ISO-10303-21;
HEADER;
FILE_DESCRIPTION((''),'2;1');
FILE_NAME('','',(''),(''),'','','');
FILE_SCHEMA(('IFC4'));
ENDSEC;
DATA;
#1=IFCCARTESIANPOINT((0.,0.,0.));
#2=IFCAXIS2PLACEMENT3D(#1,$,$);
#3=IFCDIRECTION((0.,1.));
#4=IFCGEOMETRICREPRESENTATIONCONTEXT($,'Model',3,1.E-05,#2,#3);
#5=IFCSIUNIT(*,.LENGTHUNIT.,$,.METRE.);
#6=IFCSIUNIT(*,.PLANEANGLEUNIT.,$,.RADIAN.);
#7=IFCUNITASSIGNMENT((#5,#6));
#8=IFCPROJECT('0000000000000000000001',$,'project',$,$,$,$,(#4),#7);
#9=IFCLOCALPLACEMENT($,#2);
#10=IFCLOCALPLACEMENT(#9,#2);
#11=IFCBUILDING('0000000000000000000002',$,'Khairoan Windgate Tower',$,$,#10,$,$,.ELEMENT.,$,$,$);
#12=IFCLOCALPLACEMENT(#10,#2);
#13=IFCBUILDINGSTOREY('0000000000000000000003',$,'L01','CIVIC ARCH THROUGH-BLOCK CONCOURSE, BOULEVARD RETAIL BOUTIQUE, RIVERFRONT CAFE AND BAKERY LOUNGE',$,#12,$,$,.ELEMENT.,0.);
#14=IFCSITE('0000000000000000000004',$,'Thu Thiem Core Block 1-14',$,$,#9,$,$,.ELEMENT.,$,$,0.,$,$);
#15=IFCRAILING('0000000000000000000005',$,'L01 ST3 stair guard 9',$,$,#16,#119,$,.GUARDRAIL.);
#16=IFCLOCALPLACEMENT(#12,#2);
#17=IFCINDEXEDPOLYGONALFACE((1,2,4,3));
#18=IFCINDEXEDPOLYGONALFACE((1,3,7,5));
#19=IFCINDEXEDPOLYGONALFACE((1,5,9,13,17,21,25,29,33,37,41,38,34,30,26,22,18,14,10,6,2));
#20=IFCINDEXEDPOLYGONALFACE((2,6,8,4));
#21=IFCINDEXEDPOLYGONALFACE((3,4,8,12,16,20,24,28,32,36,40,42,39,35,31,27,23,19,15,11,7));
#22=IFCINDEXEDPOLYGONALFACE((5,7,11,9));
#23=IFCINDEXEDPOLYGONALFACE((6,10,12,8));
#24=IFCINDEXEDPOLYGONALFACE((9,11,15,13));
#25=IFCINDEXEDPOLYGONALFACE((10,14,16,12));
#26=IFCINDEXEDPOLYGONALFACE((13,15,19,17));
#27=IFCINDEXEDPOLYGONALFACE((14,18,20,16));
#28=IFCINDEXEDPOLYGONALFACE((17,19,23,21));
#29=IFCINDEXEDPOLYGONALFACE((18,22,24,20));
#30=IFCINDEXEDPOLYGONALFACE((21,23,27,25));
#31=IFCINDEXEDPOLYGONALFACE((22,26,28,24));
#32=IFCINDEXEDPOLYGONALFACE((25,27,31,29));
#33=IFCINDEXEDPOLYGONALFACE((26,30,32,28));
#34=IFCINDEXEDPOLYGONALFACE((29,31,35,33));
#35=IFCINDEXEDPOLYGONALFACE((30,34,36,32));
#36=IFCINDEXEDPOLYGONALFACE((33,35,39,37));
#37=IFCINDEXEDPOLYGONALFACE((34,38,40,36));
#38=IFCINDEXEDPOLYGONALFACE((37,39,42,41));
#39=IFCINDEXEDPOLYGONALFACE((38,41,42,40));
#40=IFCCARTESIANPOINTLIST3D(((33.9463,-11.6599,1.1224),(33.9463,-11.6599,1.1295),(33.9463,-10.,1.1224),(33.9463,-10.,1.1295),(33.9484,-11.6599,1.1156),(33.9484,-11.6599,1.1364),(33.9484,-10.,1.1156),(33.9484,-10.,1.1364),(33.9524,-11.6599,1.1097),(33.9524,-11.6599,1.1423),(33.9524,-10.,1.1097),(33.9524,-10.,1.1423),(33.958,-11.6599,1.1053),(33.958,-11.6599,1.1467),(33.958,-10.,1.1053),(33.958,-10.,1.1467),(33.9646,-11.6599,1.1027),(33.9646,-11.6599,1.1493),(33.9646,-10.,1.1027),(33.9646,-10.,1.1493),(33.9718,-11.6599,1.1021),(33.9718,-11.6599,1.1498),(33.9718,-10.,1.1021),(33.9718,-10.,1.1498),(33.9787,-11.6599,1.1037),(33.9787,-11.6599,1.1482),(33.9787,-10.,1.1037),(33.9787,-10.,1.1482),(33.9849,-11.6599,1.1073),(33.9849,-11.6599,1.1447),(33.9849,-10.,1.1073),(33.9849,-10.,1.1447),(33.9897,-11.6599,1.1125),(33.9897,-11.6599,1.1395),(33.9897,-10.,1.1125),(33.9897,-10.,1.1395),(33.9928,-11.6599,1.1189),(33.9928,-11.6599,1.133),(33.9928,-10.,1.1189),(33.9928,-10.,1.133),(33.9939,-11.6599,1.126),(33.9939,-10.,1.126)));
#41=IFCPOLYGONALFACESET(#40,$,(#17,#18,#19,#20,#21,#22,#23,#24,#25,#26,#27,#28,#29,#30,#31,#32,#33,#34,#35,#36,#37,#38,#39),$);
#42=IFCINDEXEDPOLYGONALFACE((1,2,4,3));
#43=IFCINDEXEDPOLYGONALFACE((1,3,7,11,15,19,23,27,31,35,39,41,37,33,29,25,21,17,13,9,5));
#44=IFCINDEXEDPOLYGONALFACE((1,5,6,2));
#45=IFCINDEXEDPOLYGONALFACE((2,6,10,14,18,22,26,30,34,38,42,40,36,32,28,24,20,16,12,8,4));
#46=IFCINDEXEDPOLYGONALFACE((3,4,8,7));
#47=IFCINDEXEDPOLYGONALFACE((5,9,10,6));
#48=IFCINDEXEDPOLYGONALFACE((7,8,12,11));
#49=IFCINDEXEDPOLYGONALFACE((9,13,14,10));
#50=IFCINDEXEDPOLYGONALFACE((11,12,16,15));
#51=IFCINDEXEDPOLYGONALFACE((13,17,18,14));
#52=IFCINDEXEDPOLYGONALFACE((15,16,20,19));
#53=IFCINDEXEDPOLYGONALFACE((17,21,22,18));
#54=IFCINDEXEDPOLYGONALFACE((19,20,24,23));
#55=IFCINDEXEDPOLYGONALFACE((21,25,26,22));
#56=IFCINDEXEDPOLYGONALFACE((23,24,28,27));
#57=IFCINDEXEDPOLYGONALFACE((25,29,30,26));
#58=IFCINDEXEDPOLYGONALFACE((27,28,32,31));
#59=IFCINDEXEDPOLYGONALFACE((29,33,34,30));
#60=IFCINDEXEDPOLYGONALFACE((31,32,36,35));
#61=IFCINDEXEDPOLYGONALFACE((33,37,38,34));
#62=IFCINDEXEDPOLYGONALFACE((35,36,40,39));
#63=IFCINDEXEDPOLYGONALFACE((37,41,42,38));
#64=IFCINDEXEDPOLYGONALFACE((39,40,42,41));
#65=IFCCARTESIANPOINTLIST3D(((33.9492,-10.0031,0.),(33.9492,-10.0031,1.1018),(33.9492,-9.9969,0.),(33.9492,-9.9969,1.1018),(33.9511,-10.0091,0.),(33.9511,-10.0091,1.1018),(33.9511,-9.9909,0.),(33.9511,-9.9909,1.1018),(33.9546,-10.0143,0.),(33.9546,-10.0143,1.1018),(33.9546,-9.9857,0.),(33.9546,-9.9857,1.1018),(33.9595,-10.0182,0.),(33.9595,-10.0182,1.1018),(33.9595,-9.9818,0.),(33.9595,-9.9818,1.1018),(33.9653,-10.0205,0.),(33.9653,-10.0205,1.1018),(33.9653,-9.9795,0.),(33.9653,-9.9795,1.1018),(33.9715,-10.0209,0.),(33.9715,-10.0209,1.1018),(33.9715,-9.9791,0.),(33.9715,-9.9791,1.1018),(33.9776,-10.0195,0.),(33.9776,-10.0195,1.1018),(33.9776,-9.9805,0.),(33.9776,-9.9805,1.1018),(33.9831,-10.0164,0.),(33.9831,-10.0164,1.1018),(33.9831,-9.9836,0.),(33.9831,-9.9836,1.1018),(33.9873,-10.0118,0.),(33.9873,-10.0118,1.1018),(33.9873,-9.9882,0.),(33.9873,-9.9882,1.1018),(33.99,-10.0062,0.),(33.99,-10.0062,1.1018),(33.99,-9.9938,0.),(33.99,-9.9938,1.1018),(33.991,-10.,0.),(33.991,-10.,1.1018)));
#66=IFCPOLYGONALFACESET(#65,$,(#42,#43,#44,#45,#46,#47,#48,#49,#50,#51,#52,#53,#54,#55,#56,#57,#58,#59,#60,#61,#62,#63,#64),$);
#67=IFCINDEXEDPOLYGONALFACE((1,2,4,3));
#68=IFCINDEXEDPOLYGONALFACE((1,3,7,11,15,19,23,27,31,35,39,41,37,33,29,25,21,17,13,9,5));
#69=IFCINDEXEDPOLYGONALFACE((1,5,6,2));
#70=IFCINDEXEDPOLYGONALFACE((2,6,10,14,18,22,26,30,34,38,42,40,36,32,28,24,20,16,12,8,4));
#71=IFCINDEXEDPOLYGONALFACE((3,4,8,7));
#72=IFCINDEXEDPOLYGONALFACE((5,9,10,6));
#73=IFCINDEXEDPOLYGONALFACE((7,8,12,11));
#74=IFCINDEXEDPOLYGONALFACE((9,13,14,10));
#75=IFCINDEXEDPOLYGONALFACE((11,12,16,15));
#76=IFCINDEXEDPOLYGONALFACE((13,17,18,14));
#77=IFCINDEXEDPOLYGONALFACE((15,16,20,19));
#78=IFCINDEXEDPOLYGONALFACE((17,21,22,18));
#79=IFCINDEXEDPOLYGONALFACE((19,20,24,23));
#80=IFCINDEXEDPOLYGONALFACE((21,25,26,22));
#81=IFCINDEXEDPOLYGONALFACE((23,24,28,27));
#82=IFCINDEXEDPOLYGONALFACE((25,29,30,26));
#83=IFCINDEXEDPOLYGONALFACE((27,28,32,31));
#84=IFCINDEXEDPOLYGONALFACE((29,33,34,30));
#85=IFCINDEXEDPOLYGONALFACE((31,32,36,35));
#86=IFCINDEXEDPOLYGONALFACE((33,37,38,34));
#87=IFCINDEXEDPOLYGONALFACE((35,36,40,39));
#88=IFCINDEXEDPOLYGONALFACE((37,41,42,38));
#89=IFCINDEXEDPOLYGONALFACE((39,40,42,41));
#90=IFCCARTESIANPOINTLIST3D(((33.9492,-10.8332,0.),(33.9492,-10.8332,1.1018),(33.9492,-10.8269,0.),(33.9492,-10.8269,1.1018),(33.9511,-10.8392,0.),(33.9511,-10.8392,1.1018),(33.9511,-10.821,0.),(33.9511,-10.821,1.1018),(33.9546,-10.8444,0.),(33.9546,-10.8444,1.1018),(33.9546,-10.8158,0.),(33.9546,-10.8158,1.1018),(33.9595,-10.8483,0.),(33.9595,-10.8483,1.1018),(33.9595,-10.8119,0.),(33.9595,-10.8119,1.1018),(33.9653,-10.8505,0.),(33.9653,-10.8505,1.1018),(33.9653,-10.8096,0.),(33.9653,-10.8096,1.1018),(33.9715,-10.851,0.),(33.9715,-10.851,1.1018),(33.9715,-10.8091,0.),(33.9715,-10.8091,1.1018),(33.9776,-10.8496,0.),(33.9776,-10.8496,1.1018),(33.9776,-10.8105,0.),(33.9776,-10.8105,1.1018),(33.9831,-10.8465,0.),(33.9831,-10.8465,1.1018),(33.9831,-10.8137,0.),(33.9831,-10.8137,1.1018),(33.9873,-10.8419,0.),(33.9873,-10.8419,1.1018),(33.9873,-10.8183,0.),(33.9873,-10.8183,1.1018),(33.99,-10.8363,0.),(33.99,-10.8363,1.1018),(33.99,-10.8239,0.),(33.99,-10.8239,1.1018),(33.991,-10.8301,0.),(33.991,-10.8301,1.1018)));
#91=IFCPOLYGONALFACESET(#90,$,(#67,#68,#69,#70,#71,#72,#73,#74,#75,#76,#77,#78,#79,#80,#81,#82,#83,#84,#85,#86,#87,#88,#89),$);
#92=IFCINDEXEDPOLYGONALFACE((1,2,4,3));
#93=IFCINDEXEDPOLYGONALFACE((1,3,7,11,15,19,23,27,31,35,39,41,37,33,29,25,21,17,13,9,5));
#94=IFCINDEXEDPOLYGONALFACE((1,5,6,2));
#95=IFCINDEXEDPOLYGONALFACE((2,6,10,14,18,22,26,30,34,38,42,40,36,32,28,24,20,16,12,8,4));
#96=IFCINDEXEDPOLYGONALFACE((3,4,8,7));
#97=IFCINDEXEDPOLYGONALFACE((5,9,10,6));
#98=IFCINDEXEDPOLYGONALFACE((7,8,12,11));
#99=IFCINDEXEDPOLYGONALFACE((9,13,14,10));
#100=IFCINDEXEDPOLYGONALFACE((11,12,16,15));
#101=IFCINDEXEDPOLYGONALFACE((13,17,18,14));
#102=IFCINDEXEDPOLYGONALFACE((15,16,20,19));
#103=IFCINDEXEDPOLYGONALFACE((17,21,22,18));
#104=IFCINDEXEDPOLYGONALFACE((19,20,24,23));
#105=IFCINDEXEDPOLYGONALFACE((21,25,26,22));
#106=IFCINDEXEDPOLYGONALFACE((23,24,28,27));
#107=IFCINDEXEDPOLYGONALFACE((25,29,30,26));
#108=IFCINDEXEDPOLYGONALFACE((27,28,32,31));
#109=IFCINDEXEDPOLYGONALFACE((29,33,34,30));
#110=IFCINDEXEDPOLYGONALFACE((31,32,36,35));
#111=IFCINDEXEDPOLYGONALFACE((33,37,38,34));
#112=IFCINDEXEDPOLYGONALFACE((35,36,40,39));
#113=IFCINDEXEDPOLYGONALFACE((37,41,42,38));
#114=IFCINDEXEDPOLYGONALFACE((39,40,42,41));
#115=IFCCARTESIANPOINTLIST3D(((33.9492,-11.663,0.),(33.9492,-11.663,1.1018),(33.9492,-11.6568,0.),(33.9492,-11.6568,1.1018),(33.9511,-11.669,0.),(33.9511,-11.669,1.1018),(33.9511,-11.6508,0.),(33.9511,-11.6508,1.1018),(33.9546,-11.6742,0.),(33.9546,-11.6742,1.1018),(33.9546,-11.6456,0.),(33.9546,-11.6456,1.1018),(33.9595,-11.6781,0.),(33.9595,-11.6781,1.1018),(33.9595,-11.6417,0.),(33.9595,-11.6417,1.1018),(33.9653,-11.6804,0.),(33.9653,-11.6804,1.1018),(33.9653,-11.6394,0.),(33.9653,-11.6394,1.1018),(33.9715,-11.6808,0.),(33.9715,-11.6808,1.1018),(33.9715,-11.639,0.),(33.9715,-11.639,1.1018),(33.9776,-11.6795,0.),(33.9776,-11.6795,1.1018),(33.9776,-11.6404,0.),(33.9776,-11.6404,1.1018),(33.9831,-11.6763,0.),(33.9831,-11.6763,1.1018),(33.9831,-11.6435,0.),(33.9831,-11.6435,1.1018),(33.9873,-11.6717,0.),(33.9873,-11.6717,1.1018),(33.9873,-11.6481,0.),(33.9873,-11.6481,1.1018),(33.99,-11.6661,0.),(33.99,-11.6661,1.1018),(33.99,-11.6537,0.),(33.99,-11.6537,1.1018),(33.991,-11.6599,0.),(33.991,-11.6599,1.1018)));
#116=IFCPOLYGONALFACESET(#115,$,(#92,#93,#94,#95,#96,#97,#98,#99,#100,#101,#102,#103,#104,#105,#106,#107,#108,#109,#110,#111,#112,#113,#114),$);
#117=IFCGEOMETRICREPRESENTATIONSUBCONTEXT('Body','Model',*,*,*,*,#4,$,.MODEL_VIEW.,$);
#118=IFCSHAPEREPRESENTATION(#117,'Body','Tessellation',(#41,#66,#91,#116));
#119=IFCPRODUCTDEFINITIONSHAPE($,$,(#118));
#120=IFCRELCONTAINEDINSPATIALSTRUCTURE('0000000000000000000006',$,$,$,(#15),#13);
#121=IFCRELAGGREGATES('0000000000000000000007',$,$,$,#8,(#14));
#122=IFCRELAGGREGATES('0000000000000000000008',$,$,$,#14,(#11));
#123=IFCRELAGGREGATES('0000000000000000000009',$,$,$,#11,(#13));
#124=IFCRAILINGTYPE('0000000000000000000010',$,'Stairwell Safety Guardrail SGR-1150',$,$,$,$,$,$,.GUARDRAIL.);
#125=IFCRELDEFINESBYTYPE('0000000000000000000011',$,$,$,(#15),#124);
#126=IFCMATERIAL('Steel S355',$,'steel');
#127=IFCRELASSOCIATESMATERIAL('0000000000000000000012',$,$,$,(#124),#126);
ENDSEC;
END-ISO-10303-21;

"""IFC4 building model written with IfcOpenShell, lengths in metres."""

from ifc_helpers import new_model, si_unit, direction, frame, origin, origin_2d, place, context, subcontext, project, spatial, circle, extrude, material, type_object, element, save


model = new_model("IFC4")

# Units and contexts
model_context = context("Model", 3, precision=1e-05, world=origin(), true_north=direction((0.0, 1.0)))
body_context = subcontext(model_context, "Body", "Model", "MODEL_VIEW")
ifc_project = project(units=[si_unit("LENGTHUNIT", "METRE"), si_unit("PLANEANGLEUNIT", "RADIAN")], contexts=[model_context])

# Site, building, storey
site_placement = place(None, origin())
site = spatial("IfcSite", under=ifc_project, at=site_placement, Name="Thu Thiem Core Block 1-14", CompositionType="ELEMENT", RefElevation=0.0)
building_placement = place(site_placement, origin())
building = spatial("IfcBuilding", under=site, at=building_placement, Name="Khairoan Windgate Tower", CompositionType="ELEMENT")
storey_placement = place(building_placement, origin())
storey = spatial("IfcBuildingStorey", under=building, at=storey_placement, Name="L01", Description="CIVIC ARCH THROUGH-BLOCK CONCOURSE, BOULEVARD RETAIL BOUTIQUE, RIVERFRONT CAFE AND BAKERY LOUNGE", CompositionType="ELEMENT", Elevation=0.0)

# Railing
ifc_material_1 = material(Name="Steel S355", Category="steel")
railing_type_1 = type_object("IfcRailingType", Name="Stairwell Safety Guardrail SGR-1150", PredefinedType="GUARDRAIL", material=ifc_material_1)
for number, where, name in (
    (1, (33.97, -10.0, 0.0), "L01 ST3 stair guard 9"),
):
    element("IfcRailing", number, at=place(storey_placement, frame(where)), inside=storey, type_object=railing_type_1, Name=name, PredefinedType="GUARDRAIL", context=body_context, shape_type="SweptSolid", body=[
        extrude(circle(Radius=0.0239, at=origin_2d()), frame((0.0, 0.0, 1.126), z_axis=(0.0, -1.0, 0.0), x_axis=(1.0, 0.0, 0.0)), (0.0, 0.0, 1.0), 1.6599),
        extrude(circle(Radius=0.021, at=origin_2d()), origin(), (0.0, 0.0, 1.0), 1.1018),
        extrude(circle(Radius=0.021, at=origin_2d()), frame((0.0, -0.8301, 0.0)), (0.0, 0.0, 1.0), 1.1018),
        extrude(circle(Radius=0.021, at=origin_2d()), frame((0.0, -1.6599, 0.0)), (0.0, 0.0, 1.0), 1.1018),
    ])

save(model, "model.ifc")
